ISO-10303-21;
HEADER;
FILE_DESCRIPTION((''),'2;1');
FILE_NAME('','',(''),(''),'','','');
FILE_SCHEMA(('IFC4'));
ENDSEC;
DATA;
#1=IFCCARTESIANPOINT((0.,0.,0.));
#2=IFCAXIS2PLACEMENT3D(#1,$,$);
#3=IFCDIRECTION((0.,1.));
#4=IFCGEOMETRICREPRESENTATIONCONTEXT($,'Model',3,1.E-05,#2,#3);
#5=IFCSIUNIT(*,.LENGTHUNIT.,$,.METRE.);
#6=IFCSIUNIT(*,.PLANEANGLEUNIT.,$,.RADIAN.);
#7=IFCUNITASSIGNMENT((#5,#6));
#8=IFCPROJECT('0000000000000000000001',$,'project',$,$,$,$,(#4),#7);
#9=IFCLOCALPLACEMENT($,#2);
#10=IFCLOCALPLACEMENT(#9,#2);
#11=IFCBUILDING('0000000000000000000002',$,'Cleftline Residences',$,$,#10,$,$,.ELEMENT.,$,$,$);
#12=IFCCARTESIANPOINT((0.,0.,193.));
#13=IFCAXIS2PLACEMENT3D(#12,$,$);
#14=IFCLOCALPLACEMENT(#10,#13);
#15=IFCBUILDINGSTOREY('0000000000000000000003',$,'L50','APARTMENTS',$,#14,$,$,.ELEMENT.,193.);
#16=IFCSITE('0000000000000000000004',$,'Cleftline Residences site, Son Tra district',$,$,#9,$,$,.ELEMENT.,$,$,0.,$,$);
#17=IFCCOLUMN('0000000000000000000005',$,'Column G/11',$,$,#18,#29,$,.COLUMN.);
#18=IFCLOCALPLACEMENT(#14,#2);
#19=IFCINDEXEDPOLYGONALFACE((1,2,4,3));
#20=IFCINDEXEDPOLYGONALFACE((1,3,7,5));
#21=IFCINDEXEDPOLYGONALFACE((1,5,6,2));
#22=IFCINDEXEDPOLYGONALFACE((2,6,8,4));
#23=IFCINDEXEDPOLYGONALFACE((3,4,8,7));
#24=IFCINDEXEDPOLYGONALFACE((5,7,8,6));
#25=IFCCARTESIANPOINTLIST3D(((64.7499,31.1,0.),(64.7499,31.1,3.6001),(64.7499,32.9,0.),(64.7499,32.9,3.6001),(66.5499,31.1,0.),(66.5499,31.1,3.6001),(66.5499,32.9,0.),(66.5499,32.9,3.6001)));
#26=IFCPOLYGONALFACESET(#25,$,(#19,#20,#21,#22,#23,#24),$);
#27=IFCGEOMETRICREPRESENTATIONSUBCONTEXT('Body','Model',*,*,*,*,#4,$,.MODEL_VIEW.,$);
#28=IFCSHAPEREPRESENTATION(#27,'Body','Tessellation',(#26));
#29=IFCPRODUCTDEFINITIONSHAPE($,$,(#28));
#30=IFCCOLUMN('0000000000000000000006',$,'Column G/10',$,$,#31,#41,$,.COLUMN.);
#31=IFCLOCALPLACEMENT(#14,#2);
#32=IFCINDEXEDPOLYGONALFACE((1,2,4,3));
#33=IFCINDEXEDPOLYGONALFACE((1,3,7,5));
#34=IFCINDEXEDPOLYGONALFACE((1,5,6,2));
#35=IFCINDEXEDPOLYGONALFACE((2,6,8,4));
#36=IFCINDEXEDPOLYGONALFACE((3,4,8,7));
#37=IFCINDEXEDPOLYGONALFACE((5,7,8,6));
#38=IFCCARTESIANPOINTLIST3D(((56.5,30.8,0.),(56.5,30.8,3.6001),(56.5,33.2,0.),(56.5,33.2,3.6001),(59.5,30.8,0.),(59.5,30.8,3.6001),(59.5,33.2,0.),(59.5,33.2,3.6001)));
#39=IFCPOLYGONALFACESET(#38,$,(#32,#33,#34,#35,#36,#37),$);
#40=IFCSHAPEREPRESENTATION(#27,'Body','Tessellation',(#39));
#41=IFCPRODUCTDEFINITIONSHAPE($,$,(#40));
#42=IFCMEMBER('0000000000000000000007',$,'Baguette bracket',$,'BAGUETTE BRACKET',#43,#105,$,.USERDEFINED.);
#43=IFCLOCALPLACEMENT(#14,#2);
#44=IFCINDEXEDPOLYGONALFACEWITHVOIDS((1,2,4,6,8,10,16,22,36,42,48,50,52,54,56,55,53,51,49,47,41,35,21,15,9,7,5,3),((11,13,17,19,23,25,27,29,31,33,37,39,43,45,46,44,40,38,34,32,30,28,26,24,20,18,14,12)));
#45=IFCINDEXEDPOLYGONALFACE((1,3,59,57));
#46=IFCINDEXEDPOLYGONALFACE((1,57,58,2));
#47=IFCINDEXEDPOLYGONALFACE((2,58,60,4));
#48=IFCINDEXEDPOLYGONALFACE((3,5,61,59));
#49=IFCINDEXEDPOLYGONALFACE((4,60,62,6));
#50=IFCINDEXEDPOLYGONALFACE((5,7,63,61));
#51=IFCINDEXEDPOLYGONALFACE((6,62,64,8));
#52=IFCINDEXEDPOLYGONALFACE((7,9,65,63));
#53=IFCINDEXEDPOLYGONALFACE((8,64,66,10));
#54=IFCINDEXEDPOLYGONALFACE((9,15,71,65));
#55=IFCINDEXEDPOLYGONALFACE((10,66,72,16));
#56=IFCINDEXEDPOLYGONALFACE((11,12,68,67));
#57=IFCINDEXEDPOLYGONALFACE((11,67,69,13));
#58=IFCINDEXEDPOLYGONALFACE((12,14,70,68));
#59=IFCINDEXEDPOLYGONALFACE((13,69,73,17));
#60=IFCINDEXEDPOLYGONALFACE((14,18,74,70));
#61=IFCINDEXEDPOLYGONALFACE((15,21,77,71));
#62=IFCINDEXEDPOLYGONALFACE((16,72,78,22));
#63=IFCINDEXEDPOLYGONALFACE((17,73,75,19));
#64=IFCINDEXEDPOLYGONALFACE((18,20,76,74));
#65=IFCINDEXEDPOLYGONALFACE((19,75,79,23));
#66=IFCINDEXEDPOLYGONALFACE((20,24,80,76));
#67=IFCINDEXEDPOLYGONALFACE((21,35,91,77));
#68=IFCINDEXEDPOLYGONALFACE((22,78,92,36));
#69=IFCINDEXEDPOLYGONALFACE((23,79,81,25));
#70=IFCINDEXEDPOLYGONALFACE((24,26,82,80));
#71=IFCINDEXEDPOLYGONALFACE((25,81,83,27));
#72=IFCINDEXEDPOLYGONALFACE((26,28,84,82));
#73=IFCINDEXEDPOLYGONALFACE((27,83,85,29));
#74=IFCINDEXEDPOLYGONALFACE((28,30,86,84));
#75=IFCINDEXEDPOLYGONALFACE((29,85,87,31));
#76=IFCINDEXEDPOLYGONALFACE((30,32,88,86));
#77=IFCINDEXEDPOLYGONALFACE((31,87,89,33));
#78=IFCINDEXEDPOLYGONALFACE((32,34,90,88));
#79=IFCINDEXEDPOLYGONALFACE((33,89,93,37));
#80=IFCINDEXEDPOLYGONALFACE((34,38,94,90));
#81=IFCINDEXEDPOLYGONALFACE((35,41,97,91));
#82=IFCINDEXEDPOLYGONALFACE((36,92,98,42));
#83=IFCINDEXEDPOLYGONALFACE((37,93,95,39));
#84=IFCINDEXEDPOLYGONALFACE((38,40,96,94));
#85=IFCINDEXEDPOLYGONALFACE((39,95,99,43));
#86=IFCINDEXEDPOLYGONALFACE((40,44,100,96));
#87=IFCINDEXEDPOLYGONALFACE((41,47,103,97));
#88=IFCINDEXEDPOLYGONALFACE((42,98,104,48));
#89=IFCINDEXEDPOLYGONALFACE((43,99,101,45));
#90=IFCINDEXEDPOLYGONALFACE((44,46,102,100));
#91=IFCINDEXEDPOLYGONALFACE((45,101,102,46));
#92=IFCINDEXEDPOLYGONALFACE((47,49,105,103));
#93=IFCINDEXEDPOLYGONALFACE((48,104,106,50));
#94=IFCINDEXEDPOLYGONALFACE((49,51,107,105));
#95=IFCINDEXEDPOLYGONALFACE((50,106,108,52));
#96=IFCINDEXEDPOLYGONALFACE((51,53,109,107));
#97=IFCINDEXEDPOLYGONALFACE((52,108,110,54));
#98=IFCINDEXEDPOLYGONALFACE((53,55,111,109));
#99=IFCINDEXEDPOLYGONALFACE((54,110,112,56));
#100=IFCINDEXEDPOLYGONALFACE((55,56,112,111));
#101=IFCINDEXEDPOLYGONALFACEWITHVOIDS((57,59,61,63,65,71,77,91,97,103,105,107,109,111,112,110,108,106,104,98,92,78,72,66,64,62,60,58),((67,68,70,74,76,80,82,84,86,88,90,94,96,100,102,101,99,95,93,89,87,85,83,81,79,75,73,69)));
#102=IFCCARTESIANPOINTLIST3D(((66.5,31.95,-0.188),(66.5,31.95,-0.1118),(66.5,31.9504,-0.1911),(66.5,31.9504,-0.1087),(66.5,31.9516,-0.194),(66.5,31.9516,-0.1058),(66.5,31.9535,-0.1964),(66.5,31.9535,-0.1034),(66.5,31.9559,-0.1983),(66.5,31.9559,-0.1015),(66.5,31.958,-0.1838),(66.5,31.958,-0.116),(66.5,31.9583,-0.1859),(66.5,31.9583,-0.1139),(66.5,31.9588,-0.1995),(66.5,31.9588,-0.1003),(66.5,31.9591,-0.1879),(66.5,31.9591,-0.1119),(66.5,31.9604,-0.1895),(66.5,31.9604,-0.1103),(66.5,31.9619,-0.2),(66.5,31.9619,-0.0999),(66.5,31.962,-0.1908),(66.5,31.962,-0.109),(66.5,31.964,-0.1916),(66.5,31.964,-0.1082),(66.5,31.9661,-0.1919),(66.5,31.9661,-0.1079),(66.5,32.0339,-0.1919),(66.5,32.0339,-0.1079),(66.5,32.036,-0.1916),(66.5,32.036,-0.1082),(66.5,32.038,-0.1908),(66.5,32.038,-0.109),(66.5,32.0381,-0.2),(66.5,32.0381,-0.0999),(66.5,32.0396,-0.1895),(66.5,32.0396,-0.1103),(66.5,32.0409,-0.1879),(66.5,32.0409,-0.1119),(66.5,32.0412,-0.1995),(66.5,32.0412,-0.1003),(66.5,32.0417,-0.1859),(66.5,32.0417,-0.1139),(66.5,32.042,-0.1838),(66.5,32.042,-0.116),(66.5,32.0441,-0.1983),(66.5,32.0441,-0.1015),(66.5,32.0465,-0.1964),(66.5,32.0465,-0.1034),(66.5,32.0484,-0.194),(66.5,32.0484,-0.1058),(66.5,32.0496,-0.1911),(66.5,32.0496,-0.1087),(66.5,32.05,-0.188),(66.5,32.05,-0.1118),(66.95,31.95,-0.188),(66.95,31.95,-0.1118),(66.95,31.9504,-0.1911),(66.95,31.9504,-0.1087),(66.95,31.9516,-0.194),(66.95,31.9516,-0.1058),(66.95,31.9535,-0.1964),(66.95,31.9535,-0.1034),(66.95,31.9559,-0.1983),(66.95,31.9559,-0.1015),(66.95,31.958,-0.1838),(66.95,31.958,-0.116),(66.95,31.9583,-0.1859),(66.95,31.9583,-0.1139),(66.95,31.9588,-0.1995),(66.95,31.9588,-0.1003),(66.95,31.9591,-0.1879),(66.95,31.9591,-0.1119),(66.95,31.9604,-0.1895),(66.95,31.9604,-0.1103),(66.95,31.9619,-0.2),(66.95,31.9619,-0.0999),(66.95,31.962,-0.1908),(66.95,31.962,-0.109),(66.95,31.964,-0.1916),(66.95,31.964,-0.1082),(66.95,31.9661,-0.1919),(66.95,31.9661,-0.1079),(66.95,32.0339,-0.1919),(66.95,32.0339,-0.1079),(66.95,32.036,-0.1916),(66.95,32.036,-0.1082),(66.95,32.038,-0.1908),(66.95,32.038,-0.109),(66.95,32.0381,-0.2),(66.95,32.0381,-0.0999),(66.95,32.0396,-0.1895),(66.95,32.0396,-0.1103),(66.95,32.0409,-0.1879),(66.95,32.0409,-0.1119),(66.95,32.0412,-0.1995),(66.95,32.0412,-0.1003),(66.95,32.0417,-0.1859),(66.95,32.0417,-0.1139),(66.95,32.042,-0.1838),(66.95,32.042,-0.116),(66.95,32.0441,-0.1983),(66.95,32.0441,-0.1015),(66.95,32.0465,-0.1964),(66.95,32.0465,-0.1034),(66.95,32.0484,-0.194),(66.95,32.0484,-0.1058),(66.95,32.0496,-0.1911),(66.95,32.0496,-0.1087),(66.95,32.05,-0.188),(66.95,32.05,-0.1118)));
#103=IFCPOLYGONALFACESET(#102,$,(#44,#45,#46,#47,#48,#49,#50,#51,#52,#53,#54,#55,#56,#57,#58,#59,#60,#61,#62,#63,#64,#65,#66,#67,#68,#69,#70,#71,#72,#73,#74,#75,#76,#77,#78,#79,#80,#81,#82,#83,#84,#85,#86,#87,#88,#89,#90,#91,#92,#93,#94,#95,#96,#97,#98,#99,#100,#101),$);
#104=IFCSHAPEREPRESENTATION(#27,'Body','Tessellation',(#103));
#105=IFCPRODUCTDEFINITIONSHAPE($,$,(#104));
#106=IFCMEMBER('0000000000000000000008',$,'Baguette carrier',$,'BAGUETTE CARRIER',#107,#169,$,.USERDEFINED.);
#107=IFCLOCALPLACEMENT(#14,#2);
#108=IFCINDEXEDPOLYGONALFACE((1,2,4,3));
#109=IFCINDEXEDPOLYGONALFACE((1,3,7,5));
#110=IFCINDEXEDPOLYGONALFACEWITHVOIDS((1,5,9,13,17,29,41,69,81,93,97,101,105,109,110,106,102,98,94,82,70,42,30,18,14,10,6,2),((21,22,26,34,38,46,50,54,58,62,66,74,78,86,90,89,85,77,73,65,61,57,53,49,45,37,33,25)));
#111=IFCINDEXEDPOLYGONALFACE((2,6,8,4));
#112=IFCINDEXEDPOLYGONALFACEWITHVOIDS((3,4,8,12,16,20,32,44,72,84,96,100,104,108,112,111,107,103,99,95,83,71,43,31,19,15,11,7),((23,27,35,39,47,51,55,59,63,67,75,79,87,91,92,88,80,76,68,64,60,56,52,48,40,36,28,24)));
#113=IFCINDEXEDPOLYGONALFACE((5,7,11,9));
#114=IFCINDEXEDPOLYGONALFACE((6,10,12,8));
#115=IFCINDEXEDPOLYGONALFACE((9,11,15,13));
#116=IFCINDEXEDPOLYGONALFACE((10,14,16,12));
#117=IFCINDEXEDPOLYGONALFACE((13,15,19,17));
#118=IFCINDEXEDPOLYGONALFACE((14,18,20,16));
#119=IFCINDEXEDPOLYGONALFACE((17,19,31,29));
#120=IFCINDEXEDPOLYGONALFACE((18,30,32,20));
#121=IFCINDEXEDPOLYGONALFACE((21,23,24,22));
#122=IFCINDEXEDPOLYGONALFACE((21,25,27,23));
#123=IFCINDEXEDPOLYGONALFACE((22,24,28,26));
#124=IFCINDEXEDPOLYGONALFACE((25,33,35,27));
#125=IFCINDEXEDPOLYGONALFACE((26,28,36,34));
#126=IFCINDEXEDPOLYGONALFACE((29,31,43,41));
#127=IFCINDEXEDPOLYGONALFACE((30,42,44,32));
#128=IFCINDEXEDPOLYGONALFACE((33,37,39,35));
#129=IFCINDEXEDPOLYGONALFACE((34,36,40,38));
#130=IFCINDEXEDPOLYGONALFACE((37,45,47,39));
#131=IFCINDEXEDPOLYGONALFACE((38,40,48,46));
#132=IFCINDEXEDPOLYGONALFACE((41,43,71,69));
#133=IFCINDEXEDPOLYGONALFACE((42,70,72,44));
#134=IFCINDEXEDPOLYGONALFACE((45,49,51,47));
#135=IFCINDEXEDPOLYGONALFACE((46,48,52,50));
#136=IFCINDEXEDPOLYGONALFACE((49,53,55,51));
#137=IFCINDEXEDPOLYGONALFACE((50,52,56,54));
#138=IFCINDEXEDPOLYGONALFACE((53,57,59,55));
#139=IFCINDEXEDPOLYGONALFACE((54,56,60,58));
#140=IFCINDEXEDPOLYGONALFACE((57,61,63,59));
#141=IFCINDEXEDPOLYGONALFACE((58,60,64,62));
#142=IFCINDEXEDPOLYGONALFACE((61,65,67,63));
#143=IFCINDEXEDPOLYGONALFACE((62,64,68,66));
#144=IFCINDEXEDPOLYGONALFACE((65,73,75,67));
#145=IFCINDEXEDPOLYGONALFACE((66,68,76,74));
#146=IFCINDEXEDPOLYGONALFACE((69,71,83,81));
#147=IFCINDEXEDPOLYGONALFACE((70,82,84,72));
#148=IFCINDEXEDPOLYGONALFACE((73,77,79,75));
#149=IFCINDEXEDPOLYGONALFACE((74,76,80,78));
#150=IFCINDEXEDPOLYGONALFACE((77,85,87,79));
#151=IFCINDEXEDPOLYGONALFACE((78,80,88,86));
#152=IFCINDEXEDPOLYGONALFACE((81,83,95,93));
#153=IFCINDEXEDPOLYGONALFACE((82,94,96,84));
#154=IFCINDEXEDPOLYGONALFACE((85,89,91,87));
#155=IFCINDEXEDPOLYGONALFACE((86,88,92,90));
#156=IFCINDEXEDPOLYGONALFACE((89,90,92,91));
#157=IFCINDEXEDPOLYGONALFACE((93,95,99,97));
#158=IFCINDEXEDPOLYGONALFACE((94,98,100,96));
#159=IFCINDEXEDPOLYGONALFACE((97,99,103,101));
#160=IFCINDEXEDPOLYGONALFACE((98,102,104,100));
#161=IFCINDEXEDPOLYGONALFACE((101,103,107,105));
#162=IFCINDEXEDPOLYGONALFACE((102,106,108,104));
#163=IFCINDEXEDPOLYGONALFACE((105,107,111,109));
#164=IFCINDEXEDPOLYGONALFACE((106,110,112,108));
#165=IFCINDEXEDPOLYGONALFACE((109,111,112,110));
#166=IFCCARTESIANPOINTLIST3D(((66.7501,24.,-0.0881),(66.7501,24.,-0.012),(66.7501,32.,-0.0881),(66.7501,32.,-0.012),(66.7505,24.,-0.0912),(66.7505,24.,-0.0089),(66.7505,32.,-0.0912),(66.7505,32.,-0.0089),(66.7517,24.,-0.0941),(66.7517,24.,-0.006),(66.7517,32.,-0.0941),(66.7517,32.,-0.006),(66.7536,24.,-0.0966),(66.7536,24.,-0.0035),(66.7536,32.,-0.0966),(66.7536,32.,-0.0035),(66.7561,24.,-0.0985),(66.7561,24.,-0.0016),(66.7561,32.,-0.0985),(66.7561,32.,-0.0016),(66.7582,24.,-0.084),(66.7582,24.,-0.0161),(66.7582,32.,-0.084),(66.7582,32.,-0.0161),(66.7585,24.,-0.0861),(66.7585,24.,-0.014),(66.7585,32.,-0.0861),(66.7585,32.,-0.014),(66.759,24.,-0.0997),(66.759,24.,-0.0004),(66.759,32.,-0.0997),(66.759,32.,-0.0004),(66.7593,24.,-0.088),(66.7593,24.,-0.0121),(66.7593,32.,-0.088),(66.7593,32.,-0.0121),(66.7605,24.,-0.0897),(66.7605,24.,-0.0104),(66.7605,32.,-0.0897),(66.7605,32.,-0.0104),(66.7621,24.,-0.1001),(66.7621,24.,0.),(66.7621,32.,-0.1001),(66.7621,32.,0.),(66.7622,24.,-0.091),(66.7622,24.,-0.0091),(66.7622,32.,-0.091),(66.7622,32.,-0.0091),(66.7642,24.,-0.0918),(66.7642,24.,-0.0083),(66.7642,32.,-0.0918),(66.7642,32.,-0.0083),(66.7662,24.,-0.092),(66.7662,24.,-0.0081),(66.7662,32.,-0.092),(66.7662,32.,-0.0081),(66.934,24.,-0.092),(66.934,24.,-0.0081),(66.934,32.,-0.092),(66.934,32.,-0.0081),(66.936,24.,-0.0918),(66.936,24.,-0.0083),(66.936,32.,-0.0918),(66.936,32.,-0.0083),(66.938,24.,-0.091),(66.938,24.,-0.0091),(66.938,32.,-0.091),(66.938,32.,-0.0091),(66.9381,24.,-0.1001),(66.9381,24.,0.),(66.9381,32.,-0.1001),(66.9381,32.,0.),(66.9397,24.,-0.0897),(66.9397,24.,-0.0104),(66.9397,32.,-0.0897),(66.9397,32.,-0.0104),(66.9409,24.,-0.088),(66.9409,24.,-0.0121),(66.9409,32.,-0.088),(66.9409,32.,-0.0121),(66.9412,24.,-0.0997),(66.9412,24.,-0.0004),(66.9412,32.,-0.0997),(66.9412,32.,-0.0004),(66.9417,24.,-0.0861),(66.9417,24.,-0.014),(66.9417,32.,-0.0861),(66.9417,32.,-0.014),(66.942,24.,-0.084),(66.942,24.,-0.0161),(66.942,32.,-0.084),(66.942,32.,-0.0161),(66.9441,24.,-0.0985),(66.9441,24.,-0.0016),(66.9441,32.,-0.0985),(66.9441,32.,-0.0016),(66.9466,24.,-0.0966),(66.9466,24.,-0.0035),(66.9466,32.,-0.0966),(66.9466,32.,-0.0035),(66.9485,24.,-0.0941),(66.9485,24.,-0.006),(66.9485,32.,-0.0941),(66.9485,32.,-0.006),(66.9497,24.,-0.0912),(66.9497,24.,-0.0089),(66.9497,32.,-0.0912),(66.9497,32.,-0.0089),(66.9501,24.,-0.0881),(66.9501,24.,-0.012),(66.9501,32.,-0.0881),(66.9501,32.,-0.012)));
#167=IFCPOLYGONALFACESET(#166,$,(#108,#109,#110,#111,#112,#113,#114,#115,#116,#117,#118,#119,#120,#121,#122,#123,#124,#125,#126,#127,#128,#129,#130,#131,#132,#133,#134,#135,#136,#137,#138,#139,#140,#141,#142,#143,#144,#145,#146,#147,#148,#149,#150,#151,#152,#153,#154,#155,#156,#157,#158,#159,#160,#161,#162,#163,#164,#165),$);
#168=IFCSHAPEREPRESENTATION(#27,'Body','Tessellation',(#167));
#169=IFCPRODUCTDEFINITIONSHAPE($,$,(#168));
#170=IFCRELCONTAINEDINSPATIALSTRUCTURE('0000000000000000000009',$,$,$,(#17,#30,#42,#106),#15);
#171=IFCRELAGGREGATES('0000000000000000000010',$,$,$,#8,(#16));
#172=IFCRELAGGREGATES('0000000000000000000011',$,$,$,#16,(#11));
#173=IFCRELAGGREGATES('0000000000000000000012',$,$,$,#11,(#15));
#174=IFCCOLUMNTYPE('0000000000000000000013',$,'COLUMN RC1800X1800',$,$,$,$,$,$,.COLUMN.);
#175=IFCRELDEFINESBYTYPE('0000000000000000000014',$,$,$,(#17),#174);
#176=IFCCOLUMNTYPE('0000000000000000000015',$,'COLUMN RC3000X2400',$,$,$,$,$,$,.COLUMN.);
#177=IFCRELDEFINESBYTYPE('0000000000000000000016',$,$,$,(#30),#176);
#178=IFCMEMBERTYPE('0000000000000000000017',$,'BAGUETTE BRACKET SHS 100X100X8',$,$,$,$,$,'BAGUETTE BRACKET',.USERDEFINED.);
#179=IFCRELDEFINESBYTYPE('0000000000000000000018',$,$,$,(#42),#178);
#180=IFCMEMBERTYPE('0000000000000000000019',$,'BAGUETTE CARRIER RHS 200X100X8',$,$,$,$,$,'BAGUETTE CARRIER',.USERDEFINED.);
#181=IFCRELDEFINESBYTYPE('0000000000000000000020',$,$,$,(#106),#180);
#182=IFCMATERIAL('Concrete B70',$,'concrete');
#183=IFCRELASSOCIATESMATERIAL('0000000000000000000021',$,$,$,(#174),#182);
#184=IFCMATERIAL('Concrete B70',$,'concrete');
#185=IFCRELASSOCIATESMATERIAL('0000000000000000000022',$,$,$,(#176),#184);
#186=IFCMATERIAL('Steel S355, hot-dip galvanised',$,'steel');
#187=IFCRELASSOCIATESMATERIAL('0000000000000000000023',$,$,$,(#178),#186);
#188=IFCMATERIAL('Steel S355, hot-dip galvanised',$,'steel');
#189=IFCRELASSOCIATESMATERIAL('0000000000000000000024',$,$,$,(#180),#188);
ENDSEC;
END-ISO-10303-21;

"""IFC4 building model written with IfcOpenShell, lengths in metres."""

from ifc_helpers import new_model, si_unit, direction, frame, origin, origin_2d, place, context, subcontext, project, spatial, rectangle, hollow_rectangle, extrude, material, material_profile, profile_set, type_object, element, save


model = new_model("IFC4")

# Units and contexts
model_context = context("Model", 3, precision=1e-05, world=origin(), true_north=direction((0.0, 1.0)))
body_context = subcontext(model_context, "Body", "Model", "MODEL_VIEW")
ifc_project = project(units=[si_unit("LENGTHUNIT", "METRE"), si_unit("PLANEANGLEUNIT", "RADIAN")], contexts=[model_context])

# Site, building, storey
site_placement = place(None, origin())
site = spatial("IfcSite", under=ifc_project, at=site_placement, Name="Cleftline Residences site, Son Tra district", CompositionType="ELEMENT", RefElevation=0.0)
building_placement = place(site_placement, origin())
building = spatial("IfcBuilding", under=site, at=building_placement, Name="Cleftline Residences", CompositionType="ELEMENT")
storey_placement = place(building_placement, frame((0.0, 0.0, 193.0)))
storey = spatial("IfcBuildingStorey", under=building, at=storey_placement, Name="L50", Description="APARTMENTS", CompositionType="ELEMENT", Elevation=193.0)

# Columns
ifc_material_1 = material(Name="Concrete B70", Category="concrete")
ifc_material_profile_1 = material_profile(ifc_material_1, rectangle(XDim=1.8, YDim=1.8, at=origin_2d()))
ifc_profile_set_1 = profile_set([ifc_material_profile_1], Name="Concrete B70")
column_type_1 = type_object("IfcColumnType", Name="COLUMN RC1800X1800", PredefinedType="COLUMN", material=ifc_profile_set_1)
column_1_placement = place(storey_placement, frame((65.6499, 32.0, 0.0), z_axis=(0.0, 0.0, 1.0), x_axis=(1.0, 0.0, 0.0)))
element("IfcColumn", 1, at=column_1_placement, inside=storey, type_object=column_type_1, Name="Column G/11", PredefinedType="COLUMN", context=body_context, shape_type="SweptSolid", body=[
    extrude(rectangle(XDim=1.8, YDim=1.8, at=origin_2d()), origin(), (0.0, 0.0, 1.0), 3.6001),
])
ifc_material_2 = material(Name="Concrete B70", Category="concrete")
ifc_material_profile_2 = material_profile(ifc_material_2, rectangle(XDim=3.0, YDim=2.3999, at=origin_2d()))
ifc_profile_set_2 = profile_set([ifc_material_profile_2], Name="Concrete B70")
column_type_2 = type_object("IfcColumnType", Name="COLUMN RC3000X2400", PredefinedType="COLUMN", material=ifc_profile_set_2)
column_2_placement = place(storey_placement, frame((58.0, 32.0, 0.0), z_axis=(0.0, 0.0, 1.0), x_axis=(1.0, 0.0, 0.0)))
element("IfcColumn", 2, at=column_2_placement, inside=storey, type_object=column_type_2, Name="Column G/10", PredefinedType="COLUMN", context=body_context, shape_type="SweptSolid", body=[
    extrude(rectangle(XDim=3.0, YDim=2.3999, at=origin_2d()), origin(), (0.0, 0.0, 1.0), 3.6001),
])

# Members
ifc_material_3 = material(Name="Steel S355, hot-dip galvanised", Category="steel")
ifc_material_profile_3 = material_profile(ifc_material_3, hollow_rectangle(XDim=0.1001, YDim=0.1001, WallThickness=0.0081, InnerFilletRadius=0.0081, OuterFilletRadius=0.012, at=origin_2d()))
ifc_profile_set_3 = profile_set([ifc_material_profile_3], Name="Steel S355, hot-dip galvanised")
member_type_1 = type_object("IfcMemberType", Name="BAGUETTE BRACKET SHS 100X100X8", ElementType="BAGUETTE BRACKET", PredefinedType="USERDEFINED", material=ifc_profile_set_3)
member_1_placement = place(storey_placement, frame((66.5, 32.0, -0.1499), z_axis=(1.0, 0.0, 0.0), x_axis=(0.0, 1.0, 0.0)))
element("IfcMember", 3, at=member_1_placement, inside=storey, type_object=member_type_1, Name="Baguette bracket", ObjectType="BAGUETTE BRACKET", PredefinedType="USERDEFINED", context=body_context, shape_type="SweptSolid", body=[
    extrude(hollow_rectangle(XDim=0.1001, YDim=0.1001, WallThickness=0.0081, InnerFilletRadius=0.0081, OuterFilletRadius=0.012, at=origin_2d()), origin(), (0.0, 0.0, 1.0), 0.45),
])
ifc_material_4 = material(Name="Steel S355, hot-dip galvanised", Category="steel")
ifc_material_profile_4 = material_profile(ifc_material_4, hollow_rectangle(XDim=0.1001, YDim=0.2, WallThickness=0.0081, InnerFilletRadius=0.0081, OuterFilletRadius=0.012, at=origin_2d()))
ifc_profile_set_4 = profile_set([ifc_material_profile_4], Name="Steel S355, hot-dip galvanised")
member_type_2 = type_object("IfcMemberType", Name="BAGUETTE CARRIER RHS 200X100X8", ElementType="BAGUETTE CARRIER", PredefinedType="USERDEFINED", material=ifc_profile_set_4)
member_2_placement = place(storey_placement, frame((66.8501, 24.0, -0.05), z_axis=(0.0, 1.0, 0.0), x_axis=(0.0, 0.0, 1.0)))
element("IfcMember", 4, at=member_2_placement, inside=storey, type_object=member_type_2, Name="Baguette carrier", ObjectType="BAGUETTE CARRIER", PredefinedType="USERDEFINED", context=body_context, shape_type="SweptSolid", body=[
    extrude(hollow_rectangle(XDim=0.1001, YDim=0.2, WallThickness=0.0081, InnerFilletRadius=0.0081, OuterFilletRadius=0.012, at=origin_2d()), origin(), (0.0, 0.0, 1.0), 8.0),
])

save(model, "model.ifc")
